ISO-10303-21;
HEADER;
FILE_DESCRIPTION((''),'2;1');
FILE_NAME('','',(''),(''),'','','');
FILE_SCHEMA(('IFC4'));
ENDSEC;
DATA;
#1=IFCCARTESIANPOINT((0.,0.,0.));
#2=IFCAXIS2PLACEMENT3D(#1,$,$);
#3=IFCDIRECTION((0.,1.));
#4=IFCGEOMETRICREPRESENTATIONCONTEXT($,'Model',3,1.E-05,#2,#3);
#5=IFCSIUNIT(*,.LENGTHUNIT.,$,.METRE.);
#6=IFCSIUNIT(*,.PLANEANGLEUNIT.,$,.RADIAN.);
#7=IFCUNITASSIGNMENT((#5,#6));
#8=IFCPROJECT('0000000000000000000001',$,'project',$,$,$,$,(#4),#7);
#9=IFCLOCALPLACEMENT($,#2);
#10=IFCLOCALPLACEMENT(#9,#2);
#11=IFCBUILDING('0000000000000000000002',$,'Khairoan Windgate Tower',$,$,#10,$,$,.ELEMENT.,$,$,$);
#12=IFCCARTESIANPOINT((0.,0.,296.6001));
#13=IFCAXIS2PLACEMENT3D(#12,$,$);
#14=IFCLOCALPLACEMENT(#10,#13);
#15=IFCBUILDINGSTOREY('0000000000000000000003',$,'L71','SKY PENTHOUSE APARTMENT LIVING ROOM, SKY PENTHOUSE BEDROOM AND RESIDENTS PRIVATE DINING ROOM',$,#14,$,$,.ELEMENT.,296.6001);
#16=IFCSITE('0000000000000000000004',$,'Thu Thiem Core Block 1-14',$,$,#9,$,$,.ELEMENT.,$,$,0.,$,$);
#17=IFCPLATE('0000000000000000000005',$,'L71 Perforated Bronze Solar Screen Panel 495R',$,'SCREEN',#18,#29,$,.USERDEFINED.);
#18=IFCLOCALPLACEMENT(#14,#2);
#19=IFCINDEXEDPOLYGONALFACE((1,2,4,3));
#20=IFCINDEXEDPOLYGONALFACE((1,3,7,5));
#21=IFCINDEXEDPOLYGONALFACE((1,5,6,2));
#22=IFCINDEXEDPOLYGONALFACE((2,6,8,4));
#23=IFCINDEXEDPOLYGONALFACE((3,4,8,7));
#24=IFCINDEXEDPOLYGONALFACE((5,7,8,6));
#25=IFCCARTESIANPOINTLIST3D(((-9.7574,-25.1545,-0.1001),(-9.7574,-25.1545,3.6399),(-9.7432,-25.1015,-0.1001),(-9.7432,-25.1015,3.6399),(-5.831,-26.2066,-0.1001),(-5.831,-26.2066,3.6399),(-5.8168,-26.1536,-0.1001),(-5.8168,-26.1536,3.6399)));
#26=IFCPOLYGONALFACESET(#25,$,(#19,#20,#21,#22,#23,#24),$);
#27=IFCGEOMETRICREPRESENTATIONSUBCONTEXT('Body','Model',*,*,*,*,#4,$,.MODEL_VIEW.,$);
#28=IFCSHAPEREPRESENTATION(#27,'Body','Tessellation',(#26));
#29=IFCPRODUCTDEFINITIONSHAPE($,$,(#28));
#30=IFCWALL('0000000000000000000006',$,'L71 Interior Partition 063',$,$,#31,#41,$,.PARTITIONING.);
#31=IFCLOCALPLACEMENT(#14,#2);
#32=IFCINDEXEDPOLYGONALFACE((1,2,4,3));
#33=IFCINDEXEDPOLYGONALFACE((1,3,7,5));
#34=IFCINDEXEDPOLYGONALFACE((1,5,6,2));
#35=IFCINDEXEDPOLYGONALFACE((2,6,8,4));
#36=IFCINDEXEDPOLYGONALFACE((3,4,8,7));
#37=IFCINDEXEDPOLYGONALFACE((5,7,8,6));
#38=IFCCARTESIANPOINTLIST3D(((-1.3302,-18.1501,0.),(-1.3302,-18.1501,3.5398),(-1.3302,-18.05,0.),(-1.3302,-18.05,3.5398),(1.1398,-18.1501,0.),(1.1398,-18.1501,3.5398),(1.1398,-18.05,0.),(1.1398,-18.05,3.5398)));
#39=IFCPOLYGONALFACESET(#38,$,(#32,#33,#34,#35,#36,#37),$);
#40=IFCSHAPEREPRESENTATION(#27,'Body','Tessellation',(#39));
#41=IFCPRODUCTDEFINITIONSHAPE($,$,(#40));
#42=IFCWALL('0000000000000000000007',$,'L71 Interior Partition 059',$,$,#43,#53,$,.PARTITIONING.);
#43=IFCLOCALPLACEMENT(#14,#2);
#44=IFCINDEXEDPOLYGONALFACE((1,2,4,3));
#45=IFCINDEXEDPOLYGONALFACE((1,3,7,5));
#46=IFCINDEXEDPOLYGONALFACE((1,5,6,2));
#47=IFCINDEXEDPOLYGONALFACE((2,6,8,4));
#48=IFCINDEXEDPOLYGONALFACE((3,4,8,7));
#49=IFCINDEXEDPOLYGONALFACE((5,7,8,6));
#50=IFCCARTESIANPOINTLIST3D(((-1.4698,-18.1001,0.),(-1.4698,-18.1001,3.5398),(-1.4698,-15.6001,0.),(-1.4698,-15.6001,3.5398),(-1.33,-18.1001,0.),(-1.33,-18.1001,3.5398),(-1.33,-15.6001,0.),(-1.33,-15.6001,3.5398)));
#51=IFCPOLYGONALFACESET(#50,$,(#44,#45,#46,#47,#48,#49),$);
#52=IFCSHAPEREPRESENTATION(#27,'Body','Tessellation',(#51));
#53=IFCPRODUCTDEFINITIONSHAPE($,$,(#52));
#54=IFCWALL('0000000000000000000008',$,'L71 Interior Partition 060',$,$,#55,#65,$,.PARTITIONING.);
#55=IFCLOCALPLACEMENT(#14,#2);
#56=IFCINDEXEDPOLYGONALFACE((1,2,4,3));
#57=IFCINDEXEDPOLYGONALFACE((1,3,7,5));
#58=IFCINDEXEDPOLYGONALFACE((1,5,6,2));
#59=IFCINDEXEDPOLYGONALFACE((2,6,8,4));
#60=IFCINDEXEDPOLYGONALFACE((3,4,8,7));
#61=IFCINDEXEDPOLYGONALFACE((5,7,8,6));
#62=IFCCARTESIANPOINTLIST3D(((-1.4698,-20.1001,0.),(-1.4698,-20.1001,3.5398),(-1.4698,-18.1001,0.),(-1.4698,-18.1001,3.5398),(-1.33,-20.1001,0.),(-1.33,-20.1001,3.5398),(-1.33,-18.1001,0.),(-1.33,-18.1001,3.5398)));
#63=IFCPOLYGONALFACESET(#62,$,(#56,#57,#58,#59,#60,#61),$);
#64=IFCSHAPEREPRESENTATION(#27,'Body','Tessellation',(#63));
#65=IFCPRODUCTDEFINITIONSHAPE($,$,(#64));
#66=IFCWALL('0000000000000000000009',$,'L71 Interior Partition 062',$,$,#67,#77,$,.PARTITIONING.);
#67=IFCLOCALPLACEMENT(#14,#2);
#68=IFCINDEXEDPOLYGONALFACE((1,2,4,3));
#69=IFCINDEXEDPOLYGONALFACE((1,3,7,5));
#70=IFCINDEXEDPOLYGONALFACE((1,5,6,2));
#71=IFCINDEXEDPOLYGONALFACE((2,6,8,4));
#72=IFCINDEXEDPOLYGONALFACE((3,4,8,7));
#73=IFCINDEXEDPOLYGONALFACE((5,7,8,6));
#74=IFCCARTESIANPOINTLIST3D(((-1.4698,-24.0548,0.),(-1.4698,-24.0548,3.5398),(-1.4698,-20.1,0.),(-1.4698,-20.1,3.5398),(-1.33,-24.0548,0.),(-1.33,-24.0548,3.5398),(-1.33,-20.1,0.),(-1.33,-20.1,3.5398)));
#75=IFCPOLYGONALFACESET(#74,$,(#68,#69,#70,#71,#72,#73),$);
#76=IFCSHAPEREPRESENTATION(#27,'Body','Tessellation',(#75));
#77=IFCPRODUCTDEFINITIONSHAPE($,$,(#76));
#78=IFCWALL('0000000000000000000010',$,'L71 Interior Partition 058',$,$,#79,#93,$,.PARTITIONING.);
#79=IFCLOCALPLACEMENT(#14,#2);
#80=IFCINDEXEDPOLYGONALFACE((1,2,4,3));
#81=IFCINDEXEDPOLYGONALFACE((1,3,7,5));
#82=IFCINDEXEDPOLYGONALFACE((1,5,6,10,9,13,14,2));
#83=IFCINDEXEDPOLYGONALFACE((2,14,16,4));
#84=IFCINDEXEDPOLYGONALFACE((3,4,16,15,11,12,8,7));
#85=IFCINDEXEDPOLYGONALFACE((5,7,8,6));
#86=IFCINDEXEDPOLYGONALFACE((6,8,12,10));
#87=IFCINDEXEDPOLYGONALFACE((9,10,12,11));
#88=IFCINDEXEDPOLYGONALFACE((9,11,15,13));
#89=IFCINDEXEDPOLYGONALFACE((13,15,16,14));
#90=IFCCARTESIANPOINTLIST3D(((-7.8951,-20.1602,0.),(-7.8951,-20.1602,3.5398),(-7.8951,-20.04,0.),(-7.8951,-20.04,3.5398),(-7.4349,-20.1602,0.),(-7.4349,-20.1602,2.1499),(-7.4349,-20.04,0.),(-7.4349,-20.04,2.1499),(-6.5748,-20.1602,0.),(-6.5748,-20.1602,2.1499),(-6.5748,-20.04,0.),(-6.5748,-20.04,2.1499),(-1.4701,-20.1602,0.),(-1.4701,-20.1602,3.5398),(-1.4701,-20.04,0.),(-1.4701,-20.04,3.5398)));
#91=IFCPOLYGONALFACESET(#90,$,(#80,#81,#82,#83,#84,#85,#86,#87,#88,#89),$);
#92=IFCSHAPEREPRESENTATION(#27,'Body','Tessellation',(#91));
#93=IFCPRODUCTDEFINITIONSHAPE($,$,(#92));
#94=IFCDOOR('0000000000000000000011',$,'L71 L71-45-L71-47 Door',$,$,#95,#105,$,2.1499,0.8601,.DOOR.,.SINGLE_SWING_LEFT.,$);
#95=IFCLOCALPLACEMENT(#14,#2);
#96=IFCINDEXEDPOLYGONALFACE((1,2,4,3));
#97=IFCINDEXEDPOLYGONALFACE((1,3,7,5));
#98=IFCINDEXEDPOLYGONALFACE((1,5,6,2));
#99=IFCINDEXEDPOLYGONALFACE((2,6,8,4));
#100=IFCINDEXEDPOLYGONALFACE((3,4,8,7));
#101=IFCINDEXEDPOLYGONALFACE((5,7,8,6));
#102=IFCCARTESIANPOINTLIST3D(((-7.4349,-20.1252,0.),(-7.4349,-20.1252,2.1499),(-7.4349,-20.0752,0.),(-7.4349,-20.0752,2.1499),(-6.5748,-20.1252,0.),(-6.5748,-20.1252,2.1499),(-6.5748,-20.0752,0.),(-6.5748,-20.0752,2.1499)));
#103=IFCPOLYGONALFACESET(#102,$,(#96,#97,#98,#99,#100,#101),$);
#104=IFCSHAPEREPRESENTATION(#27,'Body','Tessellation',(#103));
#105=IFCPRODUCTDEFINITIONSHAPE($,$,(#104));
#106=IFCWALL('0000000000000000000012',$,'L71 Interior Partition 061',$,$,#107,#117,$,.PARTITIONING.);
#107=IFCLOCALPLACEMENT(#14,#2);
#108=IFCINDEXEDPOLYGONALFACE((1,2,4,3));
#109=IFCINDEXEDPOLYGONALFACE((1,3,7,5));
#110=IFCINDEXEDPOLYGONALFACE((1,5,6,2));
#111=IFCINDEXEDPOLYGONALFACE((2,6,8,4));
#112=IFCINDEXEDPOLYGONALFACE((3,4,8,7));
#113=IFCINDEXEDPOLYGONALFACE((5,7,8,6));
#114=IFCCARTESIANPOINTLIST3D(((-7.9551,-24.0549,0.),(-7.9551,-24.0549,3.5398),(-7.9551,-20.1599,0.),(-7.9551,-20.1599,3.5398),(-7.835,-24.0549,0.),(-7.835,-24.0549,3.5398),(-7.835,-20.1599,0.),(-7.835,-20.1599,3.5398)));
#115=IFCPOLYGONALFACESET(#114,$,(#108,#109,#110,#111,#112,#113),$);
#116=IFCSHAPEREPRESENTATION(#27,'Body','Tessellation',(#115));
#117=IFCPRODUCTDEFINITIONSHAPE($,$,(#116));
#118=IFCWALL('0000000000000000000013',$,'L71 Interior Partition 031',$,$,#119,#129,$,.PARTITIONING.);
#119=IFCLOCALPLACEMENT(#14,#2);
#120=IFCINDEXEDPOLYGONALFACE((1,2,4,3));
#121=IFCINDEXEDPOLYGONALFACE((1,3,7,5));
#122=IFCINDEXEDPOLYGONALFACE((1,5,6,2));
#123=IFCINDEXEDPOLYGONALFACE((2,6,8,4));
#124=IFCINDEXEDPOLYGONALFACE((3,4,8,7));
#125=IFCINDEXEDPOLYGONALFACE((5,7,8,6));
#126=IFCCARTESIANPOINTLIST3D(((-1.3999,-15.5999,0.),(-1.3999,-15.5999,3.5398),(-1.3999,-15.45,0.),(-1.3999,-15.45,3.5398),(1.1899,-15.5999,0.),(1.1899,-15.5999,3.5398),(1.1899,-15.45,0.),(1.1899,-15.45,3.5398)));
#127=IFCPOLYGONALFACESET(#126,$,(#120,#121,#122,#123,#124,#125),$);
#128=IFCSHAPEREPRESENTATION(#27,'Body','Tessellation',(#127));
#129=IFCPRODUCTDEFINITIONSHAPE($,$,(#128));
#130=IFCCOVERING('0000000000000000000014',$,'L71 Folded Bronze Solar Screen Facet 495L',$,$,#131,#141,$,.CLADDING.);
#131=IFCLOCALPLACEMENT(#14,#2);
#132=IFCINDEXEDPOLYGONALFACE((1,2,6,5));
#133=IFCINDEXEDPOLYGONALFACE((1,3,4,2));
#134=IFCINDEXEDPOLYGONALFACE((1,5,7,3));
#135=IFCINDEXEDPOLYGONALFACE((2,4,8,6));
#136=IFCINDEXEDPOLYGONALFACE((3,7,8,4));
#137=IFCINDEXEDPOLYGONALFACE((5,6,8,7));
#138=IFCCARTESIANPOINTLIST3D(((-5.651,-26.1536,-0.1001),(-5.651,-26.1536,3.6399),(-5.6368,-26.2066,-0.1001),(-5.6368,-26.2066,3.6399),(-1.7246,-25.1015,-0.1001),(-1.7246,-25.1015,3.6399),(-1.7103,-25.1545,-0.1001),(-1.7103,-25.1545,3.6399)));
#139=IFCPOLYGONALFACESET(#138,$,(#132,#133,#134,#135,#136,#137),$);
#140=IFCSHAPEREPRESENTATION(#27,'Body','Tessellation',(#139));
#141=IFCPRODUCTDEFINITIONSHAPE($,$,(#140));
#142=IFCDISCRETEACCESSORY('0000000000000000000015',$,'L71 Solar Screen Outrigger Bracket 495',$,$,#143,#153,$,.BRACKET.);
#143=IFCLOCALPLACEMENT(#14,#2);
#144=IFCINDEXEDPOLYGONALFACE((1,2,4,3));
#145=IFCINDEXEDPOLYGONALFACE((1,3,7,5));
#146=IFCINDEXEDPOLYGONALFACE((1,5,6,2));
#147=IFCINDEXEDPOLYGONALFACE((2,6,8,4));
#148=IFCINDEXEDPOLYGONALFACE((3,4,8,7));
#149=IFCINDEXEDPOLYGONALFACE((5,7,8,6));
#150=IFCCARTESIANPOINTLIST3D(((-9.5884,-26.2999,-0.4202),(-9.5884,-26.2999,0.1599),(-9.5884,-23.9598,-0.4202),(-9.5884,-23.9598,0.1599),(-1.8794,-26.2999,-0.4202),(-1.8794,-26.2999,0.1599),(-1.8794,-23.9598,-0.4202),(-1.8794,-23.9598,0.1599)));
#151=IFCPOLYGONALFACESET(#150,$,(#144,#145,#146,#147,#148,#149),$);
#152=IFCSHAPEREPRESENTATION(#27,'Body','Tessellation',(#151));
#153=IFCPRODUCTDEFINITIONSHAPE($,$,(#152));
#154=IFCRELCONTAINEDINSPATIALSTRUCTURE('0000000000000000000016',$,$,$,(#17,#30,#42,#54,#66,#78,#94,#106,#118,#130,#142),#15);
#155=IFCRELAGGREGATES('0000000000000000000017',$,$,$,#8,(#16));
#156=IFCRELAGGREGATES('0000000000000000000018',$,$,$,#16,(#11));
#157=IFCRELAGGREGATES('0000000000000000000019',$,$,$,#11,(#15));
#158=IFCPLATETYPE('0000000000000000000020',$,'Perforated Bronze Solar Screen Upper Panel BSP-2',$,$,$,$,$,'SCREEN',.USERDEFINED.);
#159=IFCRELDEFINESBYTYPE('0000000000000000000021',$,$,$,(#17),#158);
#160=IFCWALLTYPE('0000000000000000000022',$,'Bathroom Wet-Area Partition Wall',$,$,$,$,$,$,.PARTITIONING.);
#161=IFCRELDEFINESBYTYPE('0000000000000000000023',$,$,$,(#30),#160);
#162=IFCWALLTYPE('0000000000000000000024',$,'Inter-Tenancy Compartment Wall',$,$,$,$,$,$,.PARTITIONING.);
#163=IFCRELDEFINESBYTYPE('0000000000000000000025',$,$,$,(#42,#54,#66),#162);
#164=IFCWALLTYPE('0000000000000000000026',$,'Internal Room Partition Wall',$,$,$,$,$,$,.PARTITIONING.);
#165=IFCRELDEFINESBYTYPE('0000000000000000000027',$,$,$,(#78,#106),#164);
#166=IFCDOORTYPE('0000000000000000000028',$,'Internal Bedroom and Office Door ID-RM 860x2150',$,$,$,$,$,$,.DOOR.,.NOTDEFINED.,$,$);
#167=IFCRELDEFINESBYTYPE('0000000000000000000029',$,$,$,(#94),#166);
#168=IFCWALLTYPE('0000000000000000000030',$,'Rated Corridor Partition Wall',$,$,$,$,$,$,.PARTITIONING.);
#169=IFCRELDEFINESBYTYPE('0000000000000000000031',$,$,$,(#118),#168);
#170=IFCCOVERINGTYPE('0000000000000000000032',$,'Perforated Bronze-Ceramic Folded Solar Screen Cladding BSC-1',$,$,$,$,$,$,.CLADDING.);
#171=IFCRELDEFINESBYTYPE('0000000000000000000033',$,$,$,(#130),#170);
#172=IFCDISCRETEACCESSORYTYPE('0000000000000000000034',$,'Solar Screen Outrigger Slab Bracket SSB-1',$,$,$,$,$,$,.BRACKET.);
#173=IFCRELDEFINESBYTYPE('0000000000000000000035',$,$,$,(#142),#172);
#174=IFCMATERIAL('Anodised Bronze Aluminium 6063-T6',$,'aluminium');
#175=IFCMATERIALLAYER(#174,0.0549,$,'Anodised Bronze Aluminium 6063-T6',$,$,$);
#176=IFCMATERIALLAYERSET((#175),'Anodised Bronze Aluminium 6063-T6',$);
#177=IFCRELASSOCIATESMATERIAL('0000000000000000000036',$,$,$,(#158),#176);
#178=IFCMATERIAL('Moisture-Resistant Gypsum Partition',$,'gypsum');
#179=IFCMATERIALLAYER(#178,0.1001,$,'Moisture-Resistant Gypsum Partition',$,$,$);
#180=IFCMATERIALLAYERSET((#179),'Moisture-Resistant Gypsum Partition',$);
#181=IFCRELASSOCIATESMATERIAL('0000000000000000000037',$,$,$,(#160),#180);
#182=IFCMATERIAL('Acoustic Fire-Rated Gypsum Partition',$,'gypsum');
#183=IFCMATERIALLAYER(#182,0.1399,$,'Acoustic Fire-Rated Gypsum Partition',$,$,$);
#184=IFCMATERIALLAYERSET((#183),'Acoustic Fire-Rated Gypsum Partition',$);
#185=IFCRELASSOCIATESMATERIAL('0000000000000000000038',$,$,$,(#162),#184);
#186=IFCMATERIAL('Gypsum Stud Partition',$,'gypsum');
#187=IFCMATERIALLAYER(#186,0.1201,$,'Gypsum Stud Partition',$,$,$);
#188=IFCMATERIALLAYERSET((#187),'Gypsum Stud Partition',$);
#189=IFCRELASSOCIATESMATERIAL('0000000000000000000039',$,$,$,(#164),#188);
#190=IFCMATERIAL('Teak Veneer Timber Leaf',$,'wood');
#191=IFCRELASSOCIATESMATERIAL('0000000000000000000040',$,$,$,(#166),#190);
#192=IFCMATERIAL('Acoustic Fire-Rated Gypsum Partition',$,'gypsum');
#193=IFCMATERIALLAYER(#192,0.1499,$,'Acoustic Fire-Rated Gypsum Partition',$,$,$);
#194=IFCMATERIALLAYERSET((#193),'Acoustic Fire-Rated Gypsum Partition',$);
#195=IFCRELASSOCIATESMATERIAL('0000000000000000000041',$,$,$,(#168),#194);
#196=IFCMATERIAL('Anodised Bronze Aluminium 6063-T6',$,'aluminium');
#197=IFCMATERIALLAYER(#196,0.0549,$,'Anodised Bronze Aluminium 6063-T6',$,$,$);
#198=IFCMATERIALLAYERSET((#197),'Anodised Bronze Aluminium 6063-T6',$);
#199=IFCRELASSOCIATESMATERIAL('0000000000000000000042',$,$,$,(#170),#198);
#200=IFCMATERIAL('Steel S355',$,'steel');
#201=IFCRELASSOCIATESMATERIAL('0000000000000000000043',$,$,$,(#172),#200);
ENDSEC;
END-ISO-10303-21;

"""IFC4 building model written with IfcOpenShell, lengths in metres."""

from ifc_helpers import new_model, si_unit, direction, frame, frame_2d, origin, origin_2d, place, context, subcontext, project, spatial, rectangle, extrude, material, layer, layer_set, type_object, element, fill, save


model = new_model("IFC4")

# Units and contexts
model_context = context("Model", 3, precision=1e-05, world=origin(), true_north=direction((0.0, 1.0)))
body_context = subcontext(model_context, "Body", "Model", "MODEL_VIEW")
ifc_project = project(units=[si_unit("LENGTHUNIT", "METRE"), si_unit("PLANEANGLEUNIT", "RADIAN")], contexts=[model_context])

# Site, building, storey
site_placement = place(None, origin())
site = spatial("IfcSite", under=ifc_project, at=site_placement, Name="Thu Thiem Core Block 1-14", CompositionType="ELEMENT", RefElevation=0.0)
building_placement = place(site_placement, origin())
building = spatial("IfcBuilding", under=site, at=building_placement, Name="Khairoan Windgate Tower", CompositionType="ELEMENT")
storey_placement = place(building_placement, frame((0.0, 0.0, 296.6001)))
storey = spatial("IfcBuildingStorey", under=building, at=storey_placement, Name="L71", Description="SKY PENTHOUSE APARTMENT LIVING ROOM, SKY PENTHOUSE BEDROOM AND RESIDENTS PRIVATE DINING ROOM", CompositionType="ELEMENT", Elevation=296.6001)

# Plate
ifc_material_1 = material(Name="Anodised Bronze Aluminium 6063-T6", Category="aluminium")
ifc_layer_1 = layer(ifc_material_1, 0.0549, Name="Anodised Bronze Aluminium 6063-T6")
ifc_layer_set_1 = layer_set([ifc_layer_1], Name="Anodised Bronze Aluminium 6063-T6")
plate_type = type_object("IfcPlateType", Name="Perforated Bronze Solar Screen Upper Panel BSP-2", ElementType="SCREEN", PredefinedType="USERDEFINED", material=ifc_layer_set_1)
plate_placement = place(storey_placement, frame((-7.7871, -25.6541, -0.1001), z_axis=(0.0, 0.0, 1.0), x_axis=(-0.965926, 0.258819, 0.0)))
element("IfcPlate", 1, at=plate_placement, inside=storey, type_object=plate_type, Name="L71 Perforated Bronze Solar Screen Panel 495R", ObjectType="SCREEN", PredefinedType="USERDEFINED", context=body_context, shape_type="SweptSolid", body=[
    extrude(rectangle(XDim=4.0649, YDim=0.0549, at=origin_2d()), origin(), (0.0, 0.0, 1.0), 3.74),
])

# Walls
ifc_material_2 = material(Name="Moisture-Resistant Gypsum Partition", Category="gypsum")
ifc_layer_2 = layer(ifc_material_2, 0.1001, Name="Moisture-Resistant Gypsum Partition")
ifc_layer_set_2 = layer_set([ifc_layer_2], Name="Moisture-Resistant Gypsum Partition")
wall_type_1 = type_object("IfcWallType", Name="Bathroom Wet-Area Partition Wall", PredefinedType="PARTITIONING", material=ifc_layer_set_2)
wall_1_placement = place(storey_placement, frame((-1.3301, -18.1001, 0.0), z_axis=(0.0, 0.0, 1.0), x_axis=(1.0, 0.0, 0.0)))
element("IfcWall", 2, at=wall_1_placement, inside=storey, type_object=wall_type_1, Name="L71 Interior Partition 063", PredefinedType="PARTITIONING", context=body_context, shape_type="SweptSolid", body=[
    extrude(rectangle(XDim=2.47, YDim=0.1001, at=frame_2d((1.2349, 0.0))), origin(), (0.0, 0.0, 1.0), 3.5398),
])
ifc_material_3 = material(Name="Acoustic Fire-Rated Gypsum Partition", Category="gypsum")
ifc_layer_3 = layer(ifc_material_3, 0.1399, Name="Acoustic Fire-Rated Gypsum Partition")
ifc_layer_set_3 = layer_set([ifc_layer_3], Name="Acoustic Fire-Rated Gypsum Partition")
wall_type_2 = type_object("IfcWallType", Name="Inter-Tenancy Compartment Wall", PredefinedType="PARTITIONING", material=ifc_layer_set_3)
wall_2_placement = place(storey_placement, frame((-1.3999, -18.1001, 0.0), z_axis=(0.0, 0.0, 1.0), x_axis=(0.0, 1.0, 0.0)))
element("IfcWall", 3, at=wall_2_placement, inside=storey, type_object=wall_type_2, Name="L71 Interior Partition 059", PredefinedType="PARTITIONING", context=body_context, shape_type="SweptSolid", body=[
    extrude(rectangle(XDim=2.5, YDim=0.1399, at=frame_2d((1.25, 0.0))), origin(), (0.0, 0.0, 1.0), 3.5398),
])
wall_3_placement = place(storey_placement, frame((-1.3999, -20.1001, 0.0), z_axis=(0.0, 0.0, 1.0), x_axis=(0.0, 1.0, 0.0)))
element("IfcWall", 4, at=wall_3_placement, inside=storey, type_object=wall_type_2, Name="L71 Interior Partition 060", PredefinedType="PARTITIONING", context=body_context, shape_type="SweptSolid", body=[
    extrude(rectangle(XDim=2.0, YDim=0.1399, at=frame_2d((1.0, 0.0))), origin(), (0.0, 0.0, 1.0), 3.5398),
])
wall_4_placement = place(storey_placement, frame((-1.3999, -24.0549, 0.0), z_axis=(0.0, 0.0, 1.0), x_axis=(0.0, 1.0, 0.0)))
element("IfcWall", 5, at=wall_4_placement, inside=storey, type_object=wall_type_2, Name="L71 Interior Partition 062", PredefinedType="PARTITIONING", context=body_context, shape_type="SweptSolid", body=[
    extrude(rectangle(XDim=3.9548, YDim=0.1399, at=frame_2d((1.9775, 0.0))), origin(), (0.0, 0.0, 1.0), 3.5398),
])

# Wall, opening, door
ifc_material_4 = material(Name="Gypsum Stud Partition", Category="gypsum")
ifc_layer_4 = layer(ifc_material_4, 0.1201, Name="Gypsum Stud Partition")
ifc_layer_set_4 = layer_set([ifc_layer_4], Name="Gypsum Stud Partition")
wall_type_3 = type_object("IfcWallType", Name="Internal Room Partition Wall", PredefinedType="PARTITIONING", material=ifc_layer_set_4)
wall_5_placement = place(storey_placement, frame((-7.895, -20.1001, 0.0), z_axis=(0.0, 0.0, 1.0), x_axis=(1.0, 0.0, 0.0)))
wall_5 = element("IfcWall", 6, at=wall_5_placement, inside=storey, type_object=wall_type_3, Name="L71 Interior Partition 058", PredefinedType="PARTITIONING", context=body_context, shape_type="SweptSolid", body=[
    extrude(rectangle(XDim=6.425, YDim=0.1201, at=frame_2d((3.2124, 0.0))), origin(), (0.0, 0.0, 1.0), 3.5398),
])
opening_placement = place(wall_5_placement, frame((0.46, 0.0, 0.0)))
opening = element("IfcOpeningElement", 7, at=opening_placement, cuts=wall_5, PredefinedType="OPENING", context=body_context, shape_type="SweptSolid", body=[
    extrude(rectangle(XDim=0.8601, YDim=2.1499, at=frame_2d((0.4302, 1.075))), frame((0.0, 0.0701, 0.0), z_axis=(0.0, -1.0, 0.0), x_axis=(1.0, 0.0, 0.0)), (0.0, 0.0, 1.0), 0.1401),
])
ifc_material_5 = material(Name="Teak Veneer Timber Leaf", Category="wood")
door_type = type_object("IfcDoorType", Name="Internal Bedroom and Office Door ID-RM 860x2150", OperationType="NOTDEFINED", PredefinedType="DOOR", material=ifc_material_5)
door_placement = place(opening_placement, origin())
door = element("IfcDoor", 8, at=door_placement, inside=storey, type_object=door_type, Name="L71 L71-45-L71-47 Door", OperationType="SINGLE_SWING_LEFT", OverallHeight=2.1499, OverallWidth=0.8601, PredefinedType="DOOR", context=body_context, shape_type="SweptSolid", body=[
    extrude(rectangle(XDim=0.8601, YDim=2.1499, at=frame_2d((0.4302, 1.075))), frame((0.0, 0.0249, 0.0), z_axis=(0.0, -1.0, 0.0), x_axis=(1.0, 0.0, 0.0)), (0.0, 0.0, 1.0), 0.05),
])
fill(opening, door)

# Walls
wall_6_placement = place(storey_placement, frame((-7.895, -24.0549, 0.0), z_axis=(0.0, 0.0, 1.0), x_axis=(0.0, 1.0, 0.0)))
element("IfcWall", 9, at=wall_6_placement, inside=storey, type_object=wall_type_3, Name="L71 Interior Partition 061", PredefinedType="PARTITIONING", context=body_context, shape_type="SweptSolid", body=[
    extrude(rectangle(XDim=3.895, YDim=0.1201, at=frame_2d((1.9475, 0.0))), origin(), (0.0, 0.0, 1.0), 3.5398),
])
ifc_material_6 = material(Name="Acoustic Fire-Rated Gypsum Partition", Category="gypsum")
ifc_layer_5 = layer(ifc_material_6, 0.1499, Name="Acoustic Fire-Rated Gypsum Partition")
ifc_layer_set_5 = layer_set([ifc_layer_5], Name="Acoustic Fire-Rated Gypsum Partition")
wall_type_4 = type_object("IfcWallType", Name="Rated Corridor Partition Wall", PredefinedType="PARTITIONING", material=ifc_layer_set_5)
wall_7_placement = place(storey_placement, frame((-1.3999, -15.5249, 0.0), z_axis=(0.0, 0.0, 1.0), x_axis=(1.0, 0.0, 0.0)))
element("IfcWall", 10, at=wall_7_placement, inside=storey, type_object=wall_type_4, Name="L71 Interior Partition 031", PredefinedType="PARTITIONING", context=body_context, shape_type="SweptSolid", body=[
    extrude(rectangle(XDim=2.5898, YDim=0.1499, at=frame_2d((1.2949, 0.0))), origin(), (0.0, 0.0, 1.0), 3.5398),
])

# Covering
ifc_material_7 = material(Name="Anodised Bronze Aluminium 6063-T6", Category="aluminium")
ifc_layer_6 = layer(ifc_material_7, 0.0549, Name="Anodised Bronze Aluminium 6063-T6")
ifc_layer_set_6 = layer_set([ifc_layer_6], Name="Anodised Bronze Aluminium 6063-T6")
covering_type = type_object("IfcCoveringType", Name="Perforated Bronze-Ceramic Folded Solar Screen Cladding BSC-1", PredefinedType="CLADDING", material=ifc_layer_set_6)
covering_placement = place(storey_placement, frame((-3.6807, -25.6541, -0.1001), z_axis=(0.0, 0.0, 1.0), x_axis=(-0.965926, -0.258819, 0.0)))
element("IfcCovering", 11, at=covering_placement, inside=storey, type_object=covering_type, Name="L71 Folded Bronze Solar Screen Facet 495L", PredefinedType="CLADDING", context=body_context, shape_type="SweptSolid", body=[
    extrude(rectangle(XDim=4.0649, YDim=0.0549, at=origin_2d()), origin(), (0.0, 0.0, 1.0), 3.74),
])

# Discrete accessory
ifc_material_8 = material(Name="Steel S355", Category="steel")
discrete_accessory_type = type_object("IfcDiscreteAccessoryType", Name="Solar Screen Outrigger Slab Bracket SSB-1", PredefinedType="BRACKET", material=ifc_material_8)
discrete_accessory_placement = place(storey_placement, frame((-5.7339, -25.1299, -0.4202), z_axis=(0.0, 0.0, 1.0), x_axis=(-1.0, 0.0, 0.0)))
element("IfcDiscreteAccessory", 12, at=discrete_accessory_placement, inside=storey, type_object=discrete_accessory_type, Name="L71 Solar Screen Outrigger Bracket 495", PredefinedType="BRACKET", context=body_context, shape_type="SweptSolid", body=[
    extrude(rectangle(XDim=7.709, YDim=2.3401, at=origin_2d()), origin(), (0.0, 0.0, 1.0), 0.5801),
])

save(model, "model.ifc")
